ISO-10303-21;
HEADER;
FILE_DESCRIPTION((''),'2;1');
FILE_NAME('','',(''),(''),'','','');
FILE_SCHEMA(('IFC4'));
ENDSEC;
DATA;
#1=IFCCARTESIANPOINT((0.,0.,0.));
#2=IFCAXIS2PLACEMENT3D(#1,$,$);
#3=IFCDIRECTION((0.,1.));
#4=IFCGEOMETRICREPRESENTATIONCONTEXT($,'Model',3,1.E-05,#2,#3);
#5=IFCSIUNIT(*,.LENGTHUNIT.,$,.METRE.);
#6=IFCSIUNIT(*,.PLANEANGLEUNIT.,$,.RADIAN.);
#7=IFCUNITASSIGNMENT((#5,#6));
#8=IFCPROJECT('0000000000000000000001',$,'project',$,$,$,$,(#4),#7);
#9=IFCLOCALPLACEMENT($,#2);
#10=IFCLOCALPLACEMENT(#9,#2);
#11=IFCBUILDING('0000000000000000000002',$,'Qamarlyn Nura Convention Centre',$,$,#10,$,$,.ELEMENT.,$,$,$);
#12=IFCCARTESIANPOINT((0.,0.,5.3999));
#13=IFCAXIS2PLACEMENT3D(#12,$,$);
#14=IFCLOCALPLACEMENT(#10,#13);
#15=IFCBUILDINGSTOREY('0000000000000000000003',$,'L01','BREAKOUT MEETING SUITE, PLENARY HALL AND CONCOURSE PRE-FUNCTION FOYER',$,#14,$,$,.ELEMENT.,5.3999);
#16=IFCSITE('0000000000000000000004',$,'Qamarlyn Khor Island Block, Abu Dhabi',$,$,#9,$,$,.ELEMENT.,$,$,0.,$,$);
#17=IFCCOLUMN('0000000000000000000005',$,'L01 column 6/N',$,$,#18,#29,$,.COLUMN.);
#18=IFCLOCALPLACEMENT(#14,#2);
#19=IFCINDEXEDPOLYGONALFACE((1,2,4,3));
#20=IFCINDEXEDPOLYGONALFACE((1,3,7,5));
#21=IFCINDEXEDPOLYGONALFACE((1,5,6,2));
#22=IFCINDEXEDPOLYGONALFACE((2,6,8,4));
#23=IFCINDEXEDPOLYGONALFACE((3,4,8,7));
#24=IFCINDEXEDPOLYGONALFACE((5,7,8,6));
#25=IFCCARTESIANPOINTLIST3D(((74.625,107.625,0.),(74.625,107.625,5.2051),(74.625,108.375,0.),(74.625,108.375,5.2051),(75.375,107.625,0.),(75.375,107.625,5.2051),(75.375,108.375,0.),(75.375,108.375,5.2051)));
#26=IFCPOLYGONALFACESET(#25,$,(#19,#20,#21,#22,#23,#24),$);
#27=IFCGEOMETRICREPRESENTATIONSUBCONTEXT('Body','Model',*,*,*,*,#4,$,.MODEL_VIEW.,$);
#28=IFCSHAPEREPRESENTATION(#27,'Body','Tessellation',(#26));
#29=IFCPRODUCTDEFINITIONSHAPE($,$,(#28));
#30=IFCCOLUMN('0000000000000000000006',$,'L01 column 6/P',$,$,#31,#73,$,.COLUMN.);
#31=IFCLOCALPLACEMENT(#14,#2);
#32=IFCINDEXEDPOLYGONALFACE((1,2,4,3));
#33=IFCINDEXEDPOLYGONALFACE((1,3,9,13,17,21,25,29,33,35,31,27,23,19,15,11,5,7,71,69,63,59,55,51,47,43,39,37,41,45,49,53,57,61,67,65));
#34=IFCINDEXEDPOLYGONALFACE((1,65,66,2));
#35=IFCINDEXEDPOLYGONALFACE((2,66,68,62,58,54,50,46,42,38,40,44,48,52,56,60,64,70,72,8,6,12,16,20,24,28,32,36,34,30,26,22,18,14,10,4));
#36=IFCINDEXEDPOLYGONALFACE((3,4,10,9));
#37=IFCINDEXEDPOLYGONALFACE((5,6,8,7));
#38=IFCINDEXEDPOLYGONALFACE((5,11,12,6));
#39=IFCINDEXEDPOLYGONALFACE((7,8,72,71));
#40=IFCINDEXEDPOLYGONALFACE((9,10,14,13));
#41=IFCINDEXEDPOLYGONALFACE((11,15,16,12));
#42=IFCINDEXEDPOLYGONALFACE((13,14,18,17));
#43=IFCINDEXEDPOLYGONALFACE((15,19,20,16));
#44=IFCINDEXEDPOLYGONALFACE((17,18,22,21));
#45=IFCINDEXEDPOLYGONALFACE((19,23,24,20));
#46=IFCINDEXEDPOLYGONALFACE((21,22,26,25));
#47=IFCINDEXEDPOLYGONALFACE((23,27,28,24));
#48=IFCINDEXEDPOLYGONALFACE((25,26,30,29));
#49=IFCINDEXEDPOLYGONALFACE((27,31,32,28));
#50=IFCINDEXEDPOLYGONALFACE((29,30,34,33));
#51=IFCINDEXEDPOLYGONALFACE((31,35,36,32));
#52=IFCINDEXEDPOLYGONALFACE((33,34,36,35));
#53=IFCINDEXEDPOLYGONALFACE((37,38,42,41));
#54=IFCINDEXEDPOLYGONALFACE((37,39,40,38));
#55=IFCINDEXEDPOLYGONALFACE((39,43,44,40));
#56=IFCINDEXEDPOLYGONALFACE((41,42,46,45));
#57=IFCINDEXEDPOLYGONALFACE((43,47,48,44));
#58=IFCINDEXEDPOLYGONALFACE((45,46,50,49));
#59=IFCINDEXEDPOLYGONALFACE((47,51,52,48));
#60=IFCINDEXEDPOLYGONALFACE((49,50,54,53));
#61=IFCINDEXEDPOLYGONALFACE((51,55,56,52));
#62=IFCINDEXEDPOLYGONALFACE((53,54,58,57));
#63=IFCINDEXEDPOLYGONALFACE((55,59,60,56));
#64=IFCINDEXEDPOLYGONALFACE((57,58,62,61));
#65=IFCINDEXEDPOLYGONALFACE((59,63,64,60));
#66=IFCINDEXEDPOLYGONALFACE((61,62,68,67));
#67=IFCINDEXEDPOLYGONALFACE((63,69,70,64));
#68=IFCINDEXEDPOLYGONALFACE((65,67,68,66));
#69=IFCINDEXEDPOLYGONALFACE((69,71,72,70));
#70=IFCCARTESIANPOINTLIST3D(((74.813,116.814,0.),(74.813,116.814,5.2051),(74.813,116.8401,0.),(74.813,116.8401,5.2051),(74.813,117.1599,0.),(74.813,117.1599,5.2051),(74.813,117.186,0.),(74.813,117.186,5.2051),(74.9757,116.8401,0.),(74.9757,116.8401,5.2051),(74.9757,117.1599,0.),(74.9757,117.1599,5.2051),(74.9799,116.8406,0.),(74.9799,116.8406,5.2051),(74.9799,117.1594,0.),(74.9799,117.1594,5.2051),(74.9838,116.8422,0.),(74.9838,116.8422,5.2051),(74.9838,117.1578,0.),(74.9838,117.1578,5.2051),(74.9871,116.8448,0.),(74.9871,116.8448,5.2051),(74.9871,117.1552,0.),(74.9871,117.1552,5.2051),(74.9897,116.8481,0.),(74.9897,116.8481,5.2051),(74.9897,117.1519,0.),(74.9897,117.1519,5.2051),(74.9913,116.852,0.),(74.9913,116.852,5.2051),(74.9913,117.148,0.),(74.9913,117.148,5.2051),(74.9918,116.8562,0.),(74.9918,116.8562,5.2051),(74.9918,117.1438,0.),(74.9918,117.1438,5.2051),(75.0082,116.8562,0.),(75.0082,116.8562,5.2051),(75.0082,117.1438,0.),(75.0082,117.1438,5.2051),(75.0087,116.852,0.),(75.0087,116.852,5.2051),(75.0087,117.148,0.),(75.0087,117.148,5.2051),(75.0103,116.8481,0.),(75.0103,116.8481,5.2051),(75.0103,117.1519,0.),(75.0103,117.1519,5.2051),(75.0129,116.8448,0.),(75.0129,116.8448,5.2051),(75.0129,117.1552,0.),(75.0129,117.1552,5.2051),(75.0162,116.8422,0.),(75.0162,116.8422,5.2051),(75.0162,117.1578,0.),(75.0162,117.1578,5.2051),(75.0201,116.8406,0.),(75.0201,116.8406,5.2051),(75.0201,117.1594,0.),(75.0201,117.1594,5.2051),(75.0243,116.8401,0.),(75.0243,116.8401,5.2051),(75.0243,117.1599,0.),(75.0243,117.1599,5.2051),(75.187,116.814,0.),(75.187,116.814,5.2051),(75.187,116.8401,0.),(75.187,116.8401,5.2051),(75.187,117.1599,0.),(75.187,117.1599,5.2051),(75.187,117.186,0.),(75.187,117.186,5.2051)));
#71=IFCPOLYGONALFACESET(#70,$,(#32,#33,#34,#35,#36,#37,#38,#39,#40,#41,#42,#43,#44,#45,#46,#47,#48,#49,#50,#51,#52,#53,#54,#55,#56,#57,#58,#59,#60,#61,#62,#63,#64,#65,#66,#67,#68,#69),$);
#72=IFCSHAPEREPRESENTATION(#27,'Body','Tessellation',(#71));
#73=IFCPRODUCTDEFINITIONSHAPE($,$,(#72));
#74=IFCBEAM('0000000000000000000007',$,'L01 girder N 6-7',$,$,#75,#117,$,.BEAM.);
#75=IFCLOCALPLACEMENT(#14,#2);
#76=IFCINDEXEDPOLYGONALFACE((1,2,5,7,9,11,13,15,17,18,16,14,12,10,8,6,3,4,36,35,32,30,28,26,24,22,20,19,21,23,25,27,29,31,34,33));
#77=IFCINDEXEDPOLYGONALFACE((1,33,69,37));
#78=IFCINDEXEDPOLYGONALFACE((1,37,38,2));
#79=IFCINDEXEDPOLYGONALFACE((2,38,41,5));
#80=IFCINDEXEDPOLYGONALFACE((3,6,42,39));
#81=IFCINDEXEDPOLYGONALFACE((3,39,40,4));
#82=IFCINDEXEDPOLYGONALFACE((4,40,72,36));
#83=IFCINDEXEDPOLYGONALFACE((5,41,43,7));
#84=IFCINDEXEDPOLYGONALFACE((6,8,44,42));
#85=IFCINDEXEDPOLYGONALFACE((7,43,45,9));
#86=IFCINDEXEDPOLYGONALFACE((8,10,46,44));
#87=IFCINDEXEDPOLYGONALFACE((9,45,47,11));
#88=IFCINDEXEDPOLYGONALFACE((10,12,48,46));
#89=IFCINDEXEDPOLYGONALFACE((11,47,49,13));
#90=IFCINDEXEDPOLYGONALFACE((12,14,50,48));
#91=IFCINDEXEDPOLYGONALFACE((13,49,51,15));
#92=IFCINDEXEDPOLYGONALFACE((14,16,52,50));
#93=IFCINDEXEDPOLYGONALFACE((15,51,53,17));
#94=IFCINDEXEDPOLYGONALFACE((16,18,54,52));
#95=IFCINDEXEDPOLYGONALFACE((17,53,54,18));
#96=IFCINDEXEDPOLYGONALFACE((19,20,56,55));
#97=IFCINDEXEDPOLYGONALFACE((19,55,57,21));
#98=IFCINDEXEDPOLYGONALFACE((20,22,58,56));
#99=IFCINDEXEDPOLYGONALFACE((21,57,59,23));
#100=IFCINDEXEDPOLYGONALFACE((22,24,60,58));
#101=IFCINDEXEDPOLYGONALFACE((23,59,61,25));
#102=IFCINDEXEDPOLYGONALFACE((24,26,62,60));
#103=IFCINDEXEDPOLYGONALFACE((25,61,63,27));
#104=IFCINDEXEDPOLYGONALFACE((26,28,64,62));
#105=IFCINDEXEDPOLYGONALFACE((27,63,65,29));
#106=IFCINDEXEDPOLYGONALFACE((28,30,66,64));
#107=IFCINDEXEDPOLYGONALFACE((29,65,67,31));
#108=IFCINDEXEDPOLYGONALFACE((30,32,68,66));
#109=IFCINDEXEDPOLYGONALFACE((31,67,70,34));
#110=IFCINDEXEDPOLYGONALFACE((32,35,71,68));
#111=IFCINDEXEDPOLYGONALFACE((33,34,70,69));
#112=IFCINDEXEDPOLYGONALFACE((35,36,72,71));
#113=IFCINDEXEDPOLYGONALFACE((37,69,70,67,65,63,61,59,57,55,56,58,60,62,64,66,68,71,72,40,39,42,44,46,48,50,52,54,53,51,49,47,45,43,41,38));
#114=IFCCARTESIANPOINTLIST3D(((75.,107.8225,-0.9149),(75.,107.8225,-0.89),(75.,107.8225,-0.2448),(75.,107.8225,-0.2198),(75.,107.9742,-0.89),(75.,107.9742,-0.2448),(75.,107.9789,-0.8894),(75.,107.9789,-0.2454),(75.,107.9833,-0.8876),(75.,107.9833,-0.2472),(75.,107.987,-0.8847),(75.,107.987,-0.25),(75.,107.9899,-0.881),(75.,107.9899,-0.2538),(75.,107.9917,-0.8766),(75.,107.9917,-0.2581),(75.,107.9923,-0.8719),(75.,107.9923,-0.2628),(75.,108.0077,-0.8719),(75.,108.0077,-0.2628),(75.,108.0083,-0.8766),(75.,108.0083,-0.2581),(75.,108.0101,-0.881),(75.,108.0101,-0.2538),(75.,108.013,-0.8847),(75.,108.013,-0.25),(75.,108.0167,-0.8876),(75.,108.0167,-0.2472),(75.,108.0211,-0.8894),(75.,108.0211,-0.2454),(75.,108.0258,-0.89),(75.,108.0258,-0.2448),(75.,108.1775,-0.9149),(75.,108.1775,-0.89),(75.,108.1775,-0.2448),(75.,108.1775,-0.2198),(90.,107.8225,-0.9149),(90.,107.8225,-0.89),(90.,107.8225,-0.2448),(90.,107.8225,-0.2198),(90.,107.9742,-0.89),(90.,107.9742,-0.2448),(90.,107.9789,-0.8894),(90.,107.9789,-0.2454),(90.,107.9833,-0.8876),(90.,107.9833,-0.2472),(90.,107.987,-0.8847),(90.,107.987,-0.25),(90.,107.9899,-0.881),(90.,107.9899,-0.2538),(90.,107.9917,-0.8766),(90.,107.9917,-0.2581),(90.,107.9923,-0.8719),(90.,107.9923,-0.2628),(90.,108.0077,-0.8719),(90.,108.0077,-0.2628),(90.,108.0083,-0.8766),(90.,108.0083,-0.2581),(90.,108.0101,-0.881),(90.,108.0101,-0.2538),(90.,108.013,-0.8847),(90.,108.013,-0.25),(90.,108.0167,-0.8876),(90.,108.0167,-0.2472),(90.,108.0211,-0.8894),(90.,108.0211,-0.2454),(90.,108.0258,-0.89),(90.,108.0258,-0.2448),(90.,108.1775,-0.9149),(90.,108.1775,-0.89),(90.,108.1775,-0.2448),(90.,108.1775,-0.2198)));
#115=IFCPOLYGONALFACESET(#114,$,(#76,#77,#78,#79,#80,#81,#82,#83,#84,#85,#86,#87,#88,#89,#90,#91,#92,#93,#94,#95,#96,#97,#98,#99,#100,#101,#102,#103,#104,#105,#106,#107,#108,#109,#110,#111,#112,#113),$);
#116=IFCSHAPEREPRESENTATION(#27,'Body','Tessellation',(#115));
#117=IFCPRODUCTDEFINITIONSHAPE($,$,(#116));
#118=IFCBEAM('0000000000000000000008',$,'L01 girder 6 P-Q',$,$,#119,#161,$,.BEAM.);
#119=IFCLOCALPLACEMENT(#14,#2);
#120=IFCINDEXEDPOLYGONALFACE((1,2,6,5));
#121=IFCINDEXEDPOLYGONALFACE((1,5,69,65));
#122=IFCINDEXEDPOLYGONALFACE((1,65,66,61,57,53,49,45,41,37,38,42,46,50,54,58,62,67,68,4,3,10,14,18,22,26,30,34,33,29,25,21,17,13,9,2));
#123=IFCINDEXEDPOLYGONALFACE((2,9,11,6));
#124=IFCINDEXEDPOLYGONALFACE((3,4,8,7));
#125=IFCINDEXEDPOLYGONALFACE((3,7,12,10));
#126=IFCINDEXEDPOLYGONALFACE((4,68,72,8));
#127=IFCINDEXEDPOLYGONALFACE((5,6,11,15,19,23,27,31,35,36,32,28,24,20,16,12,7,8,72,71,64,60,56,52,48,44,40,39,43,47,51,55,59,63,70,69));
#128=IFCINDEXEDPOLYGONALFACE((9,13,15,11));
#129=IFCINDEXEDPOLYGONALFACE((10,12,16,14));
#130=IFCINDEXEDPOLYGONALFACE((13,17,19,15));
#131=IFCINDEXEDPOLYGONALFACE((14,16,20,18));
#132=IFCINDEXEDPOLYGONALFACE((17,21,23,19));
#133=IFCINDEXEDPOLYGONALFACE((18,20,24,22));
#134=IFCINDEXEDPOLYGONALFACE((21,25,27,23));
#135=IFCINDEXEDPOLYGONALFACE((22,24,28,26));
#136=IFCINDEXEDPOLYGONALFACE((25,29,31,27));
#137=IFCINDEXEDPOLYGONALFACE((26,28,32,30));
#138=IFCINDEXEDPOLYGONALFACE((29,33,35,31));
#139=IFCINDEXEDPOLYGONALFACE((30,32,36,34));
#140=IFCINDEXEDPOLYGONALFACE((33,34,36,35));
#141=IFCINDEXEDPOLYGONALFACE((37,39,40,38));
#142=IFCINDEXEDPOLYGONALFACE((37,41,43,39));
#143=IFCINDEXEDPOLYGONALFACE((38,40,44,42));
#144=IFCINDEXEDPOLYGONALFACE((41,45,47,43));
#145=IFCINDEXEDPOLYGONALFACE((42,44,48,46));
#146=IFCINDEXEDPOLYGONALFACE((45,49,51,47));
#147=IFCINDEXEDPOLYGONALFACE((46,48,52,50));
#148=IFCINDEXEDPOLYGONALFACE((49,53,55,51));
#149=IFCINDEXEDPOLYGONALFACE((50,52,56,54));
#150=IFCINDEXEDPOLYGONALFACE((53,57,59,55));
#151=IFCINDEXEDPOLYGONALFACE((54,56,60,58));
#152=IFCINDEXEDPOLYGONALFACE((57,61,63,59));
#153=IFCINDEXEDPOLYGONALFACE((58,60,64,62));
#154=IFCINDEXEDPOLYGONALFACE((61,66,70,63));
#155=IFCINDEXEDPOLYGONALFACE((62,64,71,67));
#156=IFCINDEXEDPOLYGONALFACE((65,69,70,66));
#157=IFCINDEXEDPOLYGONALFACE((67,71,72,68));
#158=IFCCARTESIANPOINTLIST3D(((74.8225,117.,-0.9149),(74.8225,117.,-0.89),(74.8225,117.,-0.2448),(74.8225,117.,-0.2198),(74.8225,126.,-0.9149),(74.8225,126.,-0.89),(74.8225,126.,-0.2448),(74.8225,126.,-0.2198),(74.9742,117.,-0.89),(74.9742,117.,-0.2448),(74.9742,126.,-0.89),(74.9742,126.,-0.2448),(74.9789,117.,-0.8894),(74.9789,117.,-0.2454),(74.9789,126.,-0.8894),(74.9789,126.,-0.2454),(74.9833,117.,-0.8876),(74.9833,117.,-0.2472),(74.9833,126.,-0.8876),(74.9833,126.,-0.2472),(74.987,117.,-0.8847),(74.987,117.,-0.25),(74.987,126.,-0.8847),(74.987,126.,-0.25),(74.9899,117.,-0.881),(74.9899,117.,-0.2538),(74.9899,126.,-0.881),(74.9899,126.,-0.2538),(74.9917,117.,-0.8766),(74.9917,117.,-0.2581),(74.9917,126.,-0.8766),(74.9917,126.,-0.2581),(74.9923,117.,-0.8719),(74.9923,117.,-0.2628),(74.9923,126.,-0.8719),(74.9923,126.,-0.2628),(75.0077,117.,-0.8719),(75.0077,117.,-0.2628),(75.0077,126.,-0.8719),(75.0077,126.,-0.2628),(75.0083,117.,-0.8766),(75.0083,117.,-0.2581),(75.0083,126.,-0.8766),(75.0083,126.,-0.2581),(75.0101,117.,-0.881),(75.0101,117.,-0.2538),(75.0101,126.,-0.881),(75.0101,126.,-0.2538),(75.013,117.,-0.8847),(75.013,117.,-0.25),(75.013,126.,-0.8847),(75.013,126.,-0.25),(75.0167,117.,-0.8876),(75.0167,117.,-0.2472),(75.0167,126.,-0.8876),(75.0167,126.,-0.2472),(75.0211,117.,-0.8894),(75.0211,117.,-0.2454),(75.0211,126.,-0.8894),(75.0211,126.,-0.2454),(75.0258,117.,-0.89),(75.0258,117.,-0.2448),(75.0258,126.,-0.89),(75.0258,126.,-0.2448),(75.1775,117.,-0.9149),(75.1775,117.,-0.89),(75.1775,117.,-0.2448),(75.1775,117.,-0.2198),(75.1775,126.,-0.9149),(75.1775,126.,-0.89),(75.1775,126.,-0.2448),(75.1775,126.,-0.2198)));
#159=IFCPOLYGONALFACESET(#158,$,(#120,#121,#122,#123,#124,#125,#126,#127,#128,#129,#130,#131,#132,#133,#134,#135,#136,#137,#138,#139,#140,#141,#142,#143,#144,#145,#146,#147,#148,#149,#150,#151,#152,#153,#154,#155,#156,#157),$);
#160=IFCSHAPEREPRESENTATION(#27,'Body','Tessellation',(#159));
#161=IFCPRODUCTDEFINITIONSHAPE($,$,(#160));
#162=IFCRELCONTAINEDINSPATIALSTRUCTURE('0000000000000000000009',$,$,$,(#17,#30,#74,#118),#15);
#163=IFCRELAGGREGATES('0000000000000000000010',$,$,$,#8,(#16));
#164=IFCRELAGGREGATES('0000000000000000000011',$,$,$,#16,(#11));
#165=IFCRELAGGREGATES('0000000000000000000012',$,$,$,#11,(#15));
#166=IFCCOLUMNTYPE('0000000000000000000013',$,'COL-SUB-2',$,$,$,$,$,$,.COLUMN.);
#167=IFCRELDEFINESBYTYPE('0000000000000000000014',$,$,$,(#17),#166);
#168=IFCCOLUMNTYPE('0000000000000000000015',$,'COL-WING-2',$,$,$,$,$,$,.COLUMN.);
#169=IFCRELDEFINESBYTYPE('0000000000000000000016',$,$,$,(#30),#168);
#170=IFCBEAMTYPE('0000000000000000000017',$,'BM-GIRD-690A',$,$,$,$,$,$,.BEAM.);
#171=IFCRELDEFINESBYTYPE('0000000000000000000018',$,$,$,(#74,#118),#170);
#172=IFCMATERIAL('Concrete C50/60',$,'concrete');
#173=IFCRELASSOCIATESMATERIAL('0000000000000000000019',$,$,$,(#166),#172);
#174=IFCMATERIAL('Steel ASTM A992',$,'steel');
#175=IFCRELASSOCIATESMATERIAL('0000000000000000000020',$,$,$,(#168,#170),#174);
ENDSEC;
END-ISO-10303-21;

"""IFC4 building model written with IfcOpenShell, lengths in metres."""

from ifc_helpers import new_model, si_unit, direction, frame, origin, origin_2d, place, context, subcontext, project, spatial, rectangle, i_section, extrude, material, material_profile, profile_set, type_object, element, save


model = new_model("IFC4")

# Units and contexts
model_context = context("Model", 3, precision=1e-05, world=origin(), true_north=direction((0.0, 1.0)))
body_context = subcontext(model_context, "Body", "Model", "MODEL_VIEW")
ifc_project = project(units=[si_unit("LENGTHUNIT", "METRE"), si_unit("PLANEANGLEUNIT", "RADIAN")], contexts=[model_context])

# Site, building, storey
site_placement = place(None, origin())
site = spatial("IfcSite", under=ifc_project, at=site_placement, Name="Qamarlyn Khor Island Block, Abu Dhabi", CompositionType="ELEMENT", RefElevation=0.0)
building_placement = place(site_placement, origin())
building = spatial("IfcBuilding", under=site, at=building_placement, Name="Qamarlyn Nura Convention Centre", CompositionType="ELEMENT")
storey_placement = place(building_placement, frame((0.0, 0.0, 5.3999)))
storey = spatial("IfcBuildingStorey", under=building, at=storey_placement, Name="L01", Description="BREAKOUT MEETING SUITE, PLENARY HALL AND CONCOURSE PRE-FUNCTION FOYER", CompositionType="ELEMENT", Elevation=5.3999)

# Columns
ifc_material_1 = material(Name="Concrete C50/60", Category="concrete")
ifc_material_profile_1 = material_profile(ifc_material_1, rectangle(XDim=0.75, YDim=0.75, at=origin_2d()), Name="RC 750x750")
ifc_profile_set_1 = profile_set([ifc_material_profile_1], Name="Concrete C50/60")
column_type_1 = type_object("IfcColumnType", Name="COL-SUB-2", PredefinedType="COLUMN", material=ifc_profile_set_1)
column_1_placement = place(storey_placement, frame((75.0, 108.0, 0.0), z_axis=(0.0, 0.0, 1.0), x_axis=(1.0, 0.0, 0.0)))
element("IfcColumn", 1, at=column_1_placement, inside=storey, type_object=column_type_1, Name="L01 column 6/N", PredefinedType="COLUMN", context=body_context, shape_type="SweptSolid", body=[
    extrude(rectangle(XDim=0.75, YDim=0.75, at=origin_2d()), origin(), (0.0, 0.0, 1.0), 5.2051),
])
ifc_material_2 = material(Name="Steel ASTM A992", Category="steel")
ifc_material_profile_2 = material_profile(ifc_material_2, i_section(OverallWidth=0.374, OverallDepth=0.3721, WebThickness=0.0164, FlangeThickness=0.0261, FilletRadius=0.0161, at=origin_2d()), Name="W360X196")
ifc_profile_set_2 = profile_set([ifc_material_profile_2], Name="Steel ASTM A992")
column_type_2 = type_object("IfcColumnType", Name="COL-WING-2", PredefinedType="COLUMN", material=ifc_profile_set_2)
column_2_placement = place(storey_placement, frame((75.0, 117.0, 0.0), z_axis=(0.0, 0.0, 1.0), x_axis=(1.0, 0.0, 0.0)))
element("IfcColumn", 2, at=column_2_placement, inside=storey, type_object=column_type_2, Name="L01 column 6/P", PredefinedType="COLUMN", context=body_context, shape_type="SweptSolid", body=[
    extrude(i_section(OverallWidth=0.374, OverallDepth=0.3721, WebThickness=0.0164, FlangeThickness=0.0261, FilletRadius=0.0161, at=origin_2d()), origin(), (0.0, 0.0, 1.0), 5.2051),
])

# Beams
ifc_material_profile_3 = material_profile(ifc_material_2, i_section(OverallWidth=0.355, OverallDepth=0.6951, WebThickness=0.0154, FlangeThickness=0.0249, FilletRadius=0.0181, at=origin_2d()), Name="W690X217")
ifc_profile_set_3 = profile_set([ifc_material_profile_3], Name="Steel ASTM A992")
beam_type_1 = type_object("IfcBeamType", Name="BM-GIRD-690A", PredefinedType="BEAM", material=ifc_profile_set_3)
beam_1_placement = place(storey_placement, frame((75.0, 108.0, -0.5674), z_axis=(1.0, 0.0, 0.0), x_axis=(0.0, 1.0, 0.0)))
element("IfcBeam", 3, at=beam_1_placement, inside=storey, type_object=beam_type_1, Name="L01 girder N 6-7", PredefinedType="BEAM", context=body_context, shape_type="SweptSolid", body=[
    extrude(i_section(OverallWidth=0.355, OverallDepth=0.6951, WebThickness=0.0154, FlangeThickness=0.0249, FilletRadius=0.0181, at=origin_2d()), origin(), (0.0, 0.0, 1.0), 15.0),
])
beam_2_placement = place(storey_placement, frame((75.0, 117.0, -0.5674), z_axis=(0.0, 1.0, 0.0), x_axis=(-1.0, 0.0, 0.0)))
element("IfcBeam", 4, at=beam_2_placement, inside=storey, type_object=beam_type_1, Name="L01 girder 6 P-Q", PredefinedType="BEAM", context=body_context, shape_type="SweptSolid", body=[
    extrude(i_section(OverallWidth=0.355, OverallDepth=0.6951, WebThickness=0.0154, FlangeThickness=0.0249, FilletRadius=0.0181, at=origin_2d()), origin(), (0.0, 0.0, 1.0), 9.0),
])

save(model, "model.ifc")
